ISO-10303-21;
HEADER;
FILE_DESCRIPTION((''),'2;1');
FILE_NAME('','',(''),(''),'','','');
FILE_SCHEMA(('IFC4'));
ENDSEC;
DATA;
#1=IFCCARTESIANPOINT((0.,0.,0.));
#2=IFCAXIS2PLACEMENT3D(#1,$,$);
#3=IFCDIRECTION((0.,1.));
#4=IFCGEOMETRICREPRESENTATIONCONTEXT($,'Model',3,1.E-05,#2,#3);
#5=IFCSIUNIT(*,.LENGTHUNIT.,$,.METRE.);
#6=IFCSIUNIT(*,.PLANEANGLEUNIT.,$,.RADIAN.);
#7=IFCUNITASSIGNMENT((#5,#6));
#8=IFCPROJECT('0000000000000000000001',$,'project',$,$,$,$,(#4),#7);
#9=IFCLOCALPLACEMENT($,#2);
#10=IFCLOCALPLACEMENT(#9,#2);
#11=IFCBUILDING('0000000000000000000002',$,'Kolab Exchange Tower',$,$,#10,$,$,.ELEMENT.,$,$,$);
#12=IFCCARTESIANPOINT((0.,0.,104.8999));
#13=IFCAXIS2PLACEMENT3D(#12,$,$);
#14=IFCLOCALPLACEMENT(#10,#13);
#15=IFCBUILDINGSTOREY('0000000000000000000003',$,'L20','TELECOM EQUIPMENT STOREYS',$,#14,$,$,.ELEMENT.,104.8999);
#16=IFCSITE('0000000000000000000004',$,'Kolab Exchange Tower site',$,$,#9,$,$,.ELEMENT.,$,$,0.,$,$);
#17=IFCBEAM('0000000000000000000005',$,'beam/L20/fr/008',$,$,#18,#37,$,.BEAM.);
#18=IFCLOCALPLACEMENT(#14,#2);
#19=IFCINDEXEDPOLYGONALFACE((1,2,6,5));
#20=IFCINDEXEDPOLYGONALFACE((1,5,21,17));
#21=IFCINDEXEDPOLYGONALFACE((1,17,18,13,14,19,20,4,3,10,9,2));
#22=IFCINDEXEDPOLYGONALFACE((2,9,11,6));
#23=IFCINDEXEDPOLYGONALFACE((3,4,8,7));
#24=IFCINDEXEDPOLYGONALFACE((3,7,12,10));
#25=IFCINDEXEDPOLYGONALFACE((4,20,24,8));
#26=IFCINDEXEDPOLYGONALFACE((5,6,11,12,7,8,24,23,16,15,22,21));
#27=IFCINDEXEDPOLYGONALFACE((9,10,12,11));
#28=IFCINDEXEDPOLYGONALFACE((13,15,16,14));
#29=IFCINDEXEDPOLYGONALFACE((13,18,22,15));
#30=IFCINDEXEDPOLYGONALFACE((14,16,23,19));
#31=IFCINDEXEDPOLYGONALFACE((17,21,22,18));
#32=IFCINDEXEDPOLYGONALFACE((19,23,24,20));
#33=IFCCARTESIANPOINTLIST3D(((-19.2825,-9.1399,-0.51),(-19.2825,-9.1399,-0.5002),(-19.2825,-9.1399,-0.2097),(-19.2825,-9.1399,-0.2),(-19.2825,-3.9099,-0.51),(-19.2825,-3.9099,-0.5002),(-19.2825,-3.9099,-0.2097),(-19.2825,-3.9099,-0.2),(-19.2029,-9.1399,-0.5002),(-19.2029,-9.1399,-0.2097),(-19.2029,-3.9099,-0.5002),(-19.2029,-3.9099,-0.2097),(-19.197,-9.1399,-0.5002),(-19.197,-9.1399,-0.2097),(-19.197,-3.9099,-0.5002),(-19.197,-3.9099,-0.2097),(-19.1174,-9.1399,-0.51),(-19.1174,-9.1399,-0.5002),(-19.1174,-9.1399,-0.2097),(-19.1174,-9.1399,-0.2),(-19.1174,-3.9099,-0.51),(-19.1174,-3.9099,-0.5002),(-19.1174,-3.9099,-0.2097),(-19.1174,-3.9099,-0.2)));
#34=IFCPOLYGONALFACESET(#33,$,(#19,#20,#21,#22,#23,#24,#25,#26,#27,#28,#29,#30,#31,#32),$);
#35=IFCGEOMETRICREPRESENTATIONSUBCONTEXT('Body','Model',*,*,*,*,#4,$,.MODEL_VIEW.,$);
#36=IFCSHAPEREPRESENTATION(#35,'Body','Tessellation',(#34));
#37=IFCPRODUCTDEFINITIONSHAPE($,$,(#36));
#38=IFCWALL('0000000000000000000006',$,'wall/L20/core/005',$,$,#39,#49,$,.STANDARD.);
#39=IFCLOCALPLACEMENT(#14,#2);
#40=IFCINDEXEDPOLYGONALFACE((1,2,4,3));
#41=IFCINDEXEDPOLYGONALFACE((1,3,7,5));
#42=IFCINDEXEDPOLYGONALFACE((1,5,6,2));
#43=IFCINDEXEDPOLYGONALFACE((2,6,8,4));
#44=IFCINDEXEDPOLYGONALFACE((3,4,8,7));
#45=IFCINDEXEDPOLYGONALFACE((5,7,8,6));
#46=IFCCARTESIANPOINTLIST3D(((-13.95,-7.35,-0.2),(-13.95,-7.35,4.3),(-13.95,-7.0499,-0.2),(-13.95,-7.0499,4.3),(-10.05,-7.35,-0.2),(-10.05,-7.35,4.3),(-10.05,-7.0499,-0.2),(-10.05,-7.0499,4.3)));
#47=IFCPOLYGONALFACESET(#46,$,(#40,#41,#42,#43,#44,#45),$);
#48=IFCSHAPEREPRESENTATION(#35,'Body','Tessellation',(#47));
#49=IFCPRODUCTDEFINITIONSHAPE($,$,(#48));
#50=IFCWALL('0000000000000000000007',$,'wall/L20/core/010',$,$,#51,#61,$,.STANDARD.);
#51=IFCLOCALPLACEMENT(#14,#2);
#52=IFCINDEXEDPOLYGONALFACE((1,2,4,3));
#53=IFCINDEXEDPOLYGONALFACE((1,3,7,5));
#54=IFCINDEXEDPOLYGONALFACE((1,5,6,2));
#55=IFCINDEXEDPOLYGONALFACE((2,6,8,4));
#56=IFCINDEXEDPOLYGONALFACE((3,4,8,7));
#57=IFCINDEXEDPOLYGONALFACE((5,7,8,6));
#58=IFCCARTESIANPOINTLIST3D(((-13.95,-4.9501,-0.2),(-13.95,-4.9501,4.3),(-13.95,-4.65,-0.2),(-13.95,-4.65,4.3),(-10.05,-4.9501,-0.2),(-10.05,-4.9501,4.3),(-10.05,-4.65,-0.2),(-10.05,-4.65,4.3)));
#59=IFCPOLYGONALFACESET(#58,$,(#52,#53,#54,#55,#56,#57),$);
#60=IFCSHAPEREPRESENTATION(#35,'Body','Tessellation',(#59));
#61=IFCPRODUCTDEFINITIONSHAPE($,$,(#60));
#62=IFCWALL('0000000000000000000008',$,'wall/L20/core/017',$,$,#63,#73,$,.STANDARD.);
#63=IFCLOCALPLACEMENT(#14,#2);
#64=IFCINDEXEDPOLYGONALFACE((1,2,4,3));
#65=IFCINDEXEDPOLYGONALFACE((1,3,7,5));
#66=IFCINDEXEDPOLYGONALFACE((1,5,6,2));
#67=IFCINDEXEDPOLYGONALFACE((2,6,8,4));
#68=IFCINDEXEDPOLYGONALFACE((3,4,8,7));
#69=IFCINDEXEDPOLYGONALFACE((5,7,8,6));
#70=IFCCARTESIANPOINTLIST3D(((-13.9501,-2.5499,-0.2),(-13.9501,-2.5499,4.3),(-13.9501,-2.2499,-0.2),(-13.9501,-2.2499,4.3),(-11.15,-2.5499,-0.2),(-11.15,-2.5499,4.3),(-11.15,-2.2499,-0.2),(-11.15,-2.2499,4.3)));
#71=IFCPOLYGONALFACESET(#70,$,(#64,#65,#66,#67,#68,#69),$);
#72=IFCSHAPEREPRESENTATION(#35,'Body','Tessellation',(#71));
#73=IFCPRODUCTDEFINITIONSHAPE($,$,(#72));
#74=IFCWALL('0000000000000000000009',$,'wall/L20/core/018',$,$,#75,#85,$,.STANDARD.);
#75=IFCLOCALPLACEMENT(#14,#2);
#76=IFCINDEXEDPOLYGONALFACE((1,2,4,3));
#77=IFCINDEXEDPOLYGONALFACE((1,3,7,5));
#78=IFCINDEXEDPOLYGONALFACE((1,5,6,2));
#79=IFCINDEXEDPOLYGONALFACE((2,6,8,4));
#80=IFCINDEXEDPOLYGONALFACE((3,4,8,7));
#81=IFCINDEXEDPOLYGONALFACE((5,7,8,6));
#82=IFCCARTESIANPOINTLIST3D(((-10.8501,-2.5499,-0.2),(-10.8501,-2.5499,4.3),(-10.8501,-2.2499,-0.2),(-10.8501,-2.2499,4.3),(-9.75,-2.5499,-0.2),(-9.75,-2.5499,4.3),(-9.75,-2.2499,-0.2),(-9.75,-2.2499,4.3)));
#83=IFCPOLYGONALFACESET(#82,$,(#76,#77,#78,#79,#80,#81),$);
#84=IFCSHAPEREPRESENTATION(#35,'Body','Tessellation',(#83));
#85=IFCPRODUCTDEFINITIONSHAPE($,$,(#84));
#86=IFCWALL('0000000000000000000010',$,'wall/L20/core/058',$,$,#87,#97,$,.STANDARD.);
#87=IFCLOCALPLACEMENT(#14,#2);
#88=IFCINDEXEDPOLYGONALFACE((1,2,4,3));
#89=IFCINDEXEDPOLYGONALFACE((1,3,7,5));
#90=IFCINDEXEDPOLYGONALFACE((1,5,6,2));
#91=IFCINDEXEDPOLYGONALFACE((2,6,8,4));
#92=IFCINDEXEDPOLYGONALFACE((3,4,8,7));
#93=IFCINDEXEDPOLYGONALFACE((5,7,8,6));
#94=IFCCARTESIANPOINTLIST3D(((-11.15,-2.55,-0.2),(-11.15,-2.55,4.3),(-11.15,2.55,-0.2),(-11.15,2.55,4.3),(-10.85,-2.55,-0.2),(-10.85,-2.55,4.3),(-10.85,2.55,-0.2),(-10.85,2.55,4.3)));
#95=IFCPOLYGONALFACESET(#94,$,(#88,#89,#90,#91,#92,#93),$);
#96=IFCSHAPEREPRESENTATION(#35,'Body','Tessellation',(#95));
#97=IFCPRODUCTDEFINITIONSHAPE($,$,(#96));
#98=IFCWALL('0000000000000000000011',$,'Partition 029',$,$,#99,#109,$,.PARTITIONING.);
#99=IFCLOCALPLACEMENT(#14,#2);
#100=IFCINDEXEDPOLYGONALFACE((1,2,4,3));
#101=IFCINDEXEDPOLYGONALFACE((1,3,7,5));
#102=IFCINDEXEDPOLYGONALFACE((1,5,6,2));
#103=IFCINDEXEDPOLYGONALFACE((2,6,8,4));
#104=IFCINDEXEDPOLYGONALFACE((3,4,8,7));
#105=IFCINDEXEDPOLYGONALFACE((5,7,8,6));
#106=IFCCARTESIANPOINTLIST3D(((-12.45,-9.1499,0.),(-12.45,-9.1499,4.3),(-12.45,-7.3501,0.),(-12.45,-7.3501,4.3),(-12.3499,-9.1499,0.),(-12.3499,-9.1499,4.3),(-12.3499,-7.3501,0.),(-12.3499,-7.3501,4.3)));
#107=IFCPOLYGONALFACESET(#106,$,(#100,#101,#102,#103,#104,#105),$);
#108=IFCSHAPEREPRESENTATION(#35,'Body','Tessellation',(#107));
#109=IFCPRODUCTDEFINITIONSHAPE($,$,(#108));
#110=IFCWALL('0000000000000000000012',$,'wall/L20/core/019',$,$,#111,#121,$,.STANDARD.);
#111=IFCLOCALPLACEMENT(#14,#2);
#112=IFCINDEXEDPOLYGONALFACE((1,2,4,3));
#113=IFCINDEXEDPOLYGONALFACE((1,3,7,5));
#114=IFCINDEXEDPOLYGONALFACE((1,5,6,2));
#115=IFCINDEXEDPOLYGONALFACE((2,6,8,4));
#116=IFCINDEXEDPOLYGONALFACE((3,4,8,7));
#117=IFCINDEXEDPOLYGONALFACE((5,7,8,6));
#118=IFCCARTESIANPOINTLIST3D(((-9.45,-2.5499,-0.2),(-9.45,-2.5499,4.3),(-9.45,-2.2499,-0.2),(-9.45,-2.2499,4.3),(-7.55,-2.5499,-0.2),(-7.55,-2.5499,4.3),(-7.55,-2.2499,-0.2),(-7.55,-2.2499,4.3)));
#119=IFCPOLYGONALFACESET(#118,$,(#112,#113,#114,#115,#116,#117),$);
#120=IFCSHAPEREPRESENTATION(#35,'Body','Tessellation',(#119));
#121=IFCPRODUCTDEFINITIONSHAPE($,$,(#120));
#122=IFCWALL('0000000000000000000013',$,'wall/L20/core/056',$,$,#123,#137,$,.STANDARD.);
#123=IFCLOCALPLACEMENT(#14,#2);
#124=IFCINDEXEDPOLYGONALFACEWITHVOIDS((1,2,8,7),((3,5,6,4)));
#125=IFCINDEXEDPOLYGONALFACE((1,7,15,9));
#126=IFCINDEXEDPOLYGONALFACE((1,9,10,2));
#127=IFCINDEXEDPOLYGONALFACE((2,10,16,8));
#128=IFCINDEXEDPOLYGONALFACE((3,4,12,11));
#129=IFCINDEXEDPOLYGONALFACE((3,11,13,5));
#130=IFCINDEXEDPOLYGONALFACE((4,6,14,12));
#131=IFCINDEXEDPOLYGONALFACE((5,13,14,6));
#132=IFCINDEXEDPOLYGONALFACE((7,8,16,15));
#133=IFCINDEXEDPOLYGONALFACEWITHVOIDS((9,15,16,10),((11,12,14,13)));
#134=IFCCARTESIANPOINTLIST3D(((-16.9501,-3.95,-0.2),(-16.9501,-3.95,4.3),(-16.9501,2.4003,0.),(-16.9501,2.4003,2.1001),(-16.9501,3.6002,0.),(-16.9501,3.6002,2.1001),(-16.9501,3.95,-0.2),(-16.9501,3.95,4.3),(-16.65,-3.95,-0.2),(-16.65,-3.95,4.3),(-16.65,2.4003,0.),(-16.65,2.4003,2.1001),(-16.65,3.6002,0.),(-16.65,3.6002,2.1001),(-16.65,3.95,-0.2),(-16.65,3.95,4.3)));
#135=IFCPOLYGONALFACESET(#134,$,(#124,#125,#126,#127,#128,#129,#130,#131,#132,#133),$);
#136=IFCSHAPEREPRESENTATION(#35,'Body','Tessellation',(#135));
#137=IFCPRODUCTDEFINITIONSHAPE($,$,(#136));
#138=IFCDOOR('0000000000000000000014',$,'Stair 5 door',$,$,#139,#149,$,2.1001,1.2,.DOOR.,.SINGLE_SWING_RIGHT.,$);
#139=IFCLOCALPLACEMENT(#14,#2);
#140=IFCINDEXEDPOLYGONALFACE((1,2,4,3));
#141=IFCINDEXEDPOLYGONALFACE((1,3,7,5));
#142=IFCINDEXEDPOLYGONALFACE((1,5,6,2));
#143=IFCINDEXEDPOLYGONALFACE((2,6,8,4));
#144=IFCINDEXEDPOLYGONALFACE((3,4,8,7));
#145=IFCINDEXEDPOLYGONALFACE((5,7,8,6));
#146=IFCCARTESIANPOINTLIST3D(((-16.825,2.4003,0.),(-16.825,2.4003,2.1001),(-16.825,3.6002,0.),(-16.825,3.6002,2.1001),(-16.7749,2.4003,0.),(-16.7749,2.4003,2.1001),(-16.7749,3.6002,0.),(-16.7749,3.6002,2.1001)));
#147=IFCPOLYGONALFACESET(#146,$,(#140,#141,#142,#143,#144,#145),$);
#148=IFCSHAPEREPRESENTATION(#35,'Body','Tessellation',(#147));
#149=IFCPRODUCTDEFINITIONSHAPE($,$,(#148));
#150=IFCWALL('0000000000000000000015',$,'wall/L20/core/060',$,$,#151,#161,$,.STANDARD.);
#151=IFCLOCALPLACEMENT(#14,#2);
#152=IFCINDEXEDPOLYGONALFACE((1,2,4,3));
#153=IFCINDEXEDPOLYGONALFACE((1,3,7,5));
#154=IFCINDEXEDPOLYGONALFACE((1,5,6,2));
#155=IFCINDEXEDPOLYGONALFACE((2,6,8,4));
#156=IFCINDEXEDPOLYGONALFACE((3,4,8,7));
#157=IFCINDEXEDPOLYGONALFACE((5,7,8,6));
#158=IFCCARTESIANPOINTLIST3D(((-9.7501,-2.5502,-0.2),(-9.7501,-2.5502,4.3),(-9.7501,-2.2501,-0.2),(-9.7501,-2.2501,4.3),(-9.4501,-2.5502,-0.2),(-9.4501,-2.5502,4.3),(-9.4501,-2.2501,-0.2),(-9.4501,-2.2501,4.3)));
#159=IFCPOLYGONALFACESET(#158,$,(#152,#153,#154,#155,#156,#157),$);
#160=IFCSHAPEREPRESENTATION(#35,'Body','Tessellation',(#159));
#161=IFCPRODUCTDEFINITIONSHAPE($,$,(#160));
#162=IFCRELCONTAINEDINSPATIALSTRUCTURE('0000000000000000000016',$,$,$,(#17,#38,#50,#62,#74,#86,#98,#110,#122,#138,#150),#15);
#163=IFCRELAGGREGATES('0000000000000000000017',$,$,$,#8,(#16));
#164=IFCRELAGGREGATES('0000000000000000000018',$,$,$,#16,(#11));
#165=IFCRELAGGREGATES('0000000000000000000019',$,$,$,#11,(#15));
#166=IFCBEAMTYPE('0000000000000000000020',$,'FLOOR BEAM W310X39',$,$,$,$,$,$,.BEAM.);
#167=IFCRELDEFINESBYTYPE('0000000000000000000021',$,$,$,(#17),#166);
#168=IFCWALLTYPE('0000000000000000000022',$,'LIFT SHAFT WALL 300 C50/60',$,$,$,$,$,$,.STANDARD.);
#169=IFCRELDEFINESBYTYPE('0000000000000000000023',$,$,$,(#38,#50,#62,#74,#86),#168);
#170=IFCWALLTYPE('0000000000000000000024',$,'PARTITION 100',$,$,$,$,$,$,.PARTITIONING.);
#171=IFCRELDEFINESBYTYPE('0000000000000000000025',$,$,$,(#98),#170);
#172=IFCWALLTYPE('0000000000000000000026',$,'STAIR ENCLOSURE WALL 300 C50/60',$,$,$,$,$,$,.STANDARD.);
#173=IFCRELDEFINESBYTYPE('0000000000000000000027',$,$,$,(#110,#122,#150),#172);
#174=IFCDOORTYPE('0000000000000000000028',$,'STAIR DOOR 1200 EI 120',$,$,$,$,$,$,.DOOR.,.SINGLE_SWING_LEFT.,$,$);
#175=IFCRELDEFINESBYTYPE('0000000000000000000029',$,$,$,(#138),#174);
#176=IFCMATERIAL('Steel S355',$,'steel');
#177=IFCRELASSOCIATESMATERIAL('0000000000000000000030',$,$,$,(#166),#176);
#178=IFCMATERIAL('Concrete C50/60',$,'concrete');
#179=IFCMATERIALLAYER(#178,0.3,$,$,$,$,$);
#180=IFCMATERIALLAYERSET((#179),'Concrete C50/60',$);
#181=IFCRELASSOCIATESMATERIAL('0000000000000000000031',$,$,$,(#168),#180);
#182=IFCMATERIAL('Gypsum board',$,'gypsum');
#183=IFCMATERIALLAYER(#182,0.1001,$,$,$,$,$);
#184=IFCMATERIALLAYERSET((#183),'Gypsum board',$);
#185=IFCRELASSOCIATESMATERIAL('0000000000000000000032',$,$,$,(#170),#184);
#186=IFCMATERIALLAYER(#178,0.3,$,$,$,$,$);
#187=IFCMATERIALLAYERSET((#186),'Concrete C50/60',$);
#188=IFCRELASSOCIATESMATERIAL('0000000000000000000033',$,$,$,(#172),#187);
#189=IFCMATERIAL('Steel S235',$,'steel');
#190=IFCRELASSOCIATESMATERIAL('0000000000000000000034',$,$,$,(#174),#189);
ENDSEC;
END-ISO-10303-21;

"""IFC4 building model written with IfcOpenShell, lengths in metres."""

from ifc_helpers import new_model, si_unit, direction, frame, frame_2d, origin, origin_2d, place, context, subcontext, project, spatial, rectangle, i_section, extrude, material, layer, layer_set, material_profile, profile_set, type_object, element, fill, save


model = new_model("IFC4")

# Units and contexts
model_context = context("Model", 3, precision=1e-05, world=origin(), true_north=direction((0.0, 1.0)))
body_context = subcontext(model_context, "Body", "Model", "MODEL_VIEW")
ifc_project = project(units=[si_unit("LENGTHUNIT", "METRE"), si_unit("PLANEANGLEUNIT", "RADIAN")], contexts=[model_context])

# Site, building, storey
site_placement = place(None, origin())
site = spatial("IfcSite", under=ifc_project, at=site_placement, Name="Kolab Exchange Tower site", CompositionType="ELEMENT", RefElevation=0.0)
building_placement = place(site_placement, origin())
building = spatial("IfcBuilding", under=site, at=building_placement, Name="Kolab Exchange Tower", CompositionType="ELEMENT")
storey_placement = place(building_placement, frame((0.0, 0.0, 104.8999)))
storey = spatial("IfcBuildingStorey", under=building, at=storey_placement, Name="L20", Description="TELECOM EQUIPMENT STOREYS", CompositionType="ELEMENT", Elevation=104.8999)

# Beam
ifc_material_1 = material(Name="Steel S355", Category="steel")
ifc_material_profile = material_profile(ifc_material_1, i_section(OverallWidth=0.165, OverallDepth=0.3101, WebThickness=0.0059, FlangeThickness=0.0098, at=origin_2d()), Name="W310X39")
ifc_profile_set = profile_set([ifc_material_profile], Name="Steel S355")
beam_type = type_object("IfcBeamType", Name="FLOOR BEAM W310X39", PredefinedType="BEAM", material=ifc_profile_set)
beam_placement = place(storey_placement, frame((-19.2, -9.1399, -0.355), z_axis=(0.0, 1.0, 0.0), x_axis=(-1.0, 0.0, 0.0)))
element("IfcBeam", 1, at=beam_placement, inside=storey, type_object=beam_type, Name="beam/L20/fr/008", PredefinedType="BEAM", context=body_context, shape_type="SweptSolid", body=[
    extrude(i_section(OverallWidth=0.165, OverallDepth=0.3101, WebThickness=0.0059, FlangeThickness=0.0098, at=origin_2d()), origin(), (0.0, 0.0, 1.0), 5.23),
])

# Walls
ifc_material_2 = material(Name="Concrete C50/60", Category="concrete")
ifc_layer_1 = layer(ifc_material_2, 0.3)
ifc_layer_set_1 = layer_set([ifc_layer_1], Name="Concrete C50/60")
wall_type_1 = type_object("IfcWallType", Name="LIFT SHAFT WALL 300 C50/60", PredefinedType="STANDARD", material=ifc_layer_set_1)
for number, where, z_axis, x_axis, name in (
    (2, (-13.95, -7.2, -0.2), (0.0, 0.0, 1.0), (1.0, 0.0, 0.0), "wall/L20/core/005"),
    (3, (-13.95, -4.8, -0.2), (0.0, 0.0, 1.0), (1.0, 0.0, 0.0), "wall/L20/core/010"),
):
    element("IfcWall", number, at=place(storey_placement, frame(where, z_axis=z_axis, x_axis=x_axis)), inside=storey, type_object=wall_type_1, Name=name, PredefinedType="STANDARD", context=body_context, shape_type="SweptSolid", body=[
        extrude(rectangle(XDim=3.8999, YDim=0.3, at=frame_2d((1.95, 0.0))), origin(), (0.0, 0.0, 1.0), 4.5),
    ])
wall_1_placement = place(storey_placement, frame((-13.95, -2.3999, -0.2), z_axis=(0.0, 0.0, 1.0), x_axis=(1.0, 0.0, 0.0)))
element("IfcWall", 4, at=wall_1_placement, inside=storey, type_object=wall_type_1, Name="wall/L20/core/017", PredefinedType="STANDARD", context=body_context, shape_type="SweptSolid", body=[
    extrude(rectangle(XDim=2.8, YDim=0.3, at=frame_2d((1.3999, 0.0))), origin(), (0.0, 0.0, 1.0), 4.5),
])
wall_2_placement = place(storey_placement, frame((-10.8501, -2.3999, -0.2), z_axis=(0.0, 0.0, 1.0), x_axis=(1.0, 0.0, 0.0)))
element("IfcWall", 5, at=wall_2_placement, inside=storey, type_object=wall_type_1, Name="wall/L20/core/018", PredefinedType="STANDARD", context=body_context, shape_type="SweptSolid", body=[
    extrude(rectangle(XDim=1.1001, YDim=0.3, at=frame_2d((0.55, 0.0))), origin(), (0.0, 0.0, 1.0), 4.5),
])
wall_3_placement = place(storey_placement, frame((-11.0, -2.55, -0.2), z_axis=(0.0, 0.0, 1.0), x_axis=(0.0, 1.0, 0.0)))
element("IfcWall", 6, at=wall_3_placement, inside=storey, type_object=wall_type_1, Name="wall/L20/core/058", PredefinedType="STANDARD", context=body_context, shape_type="SweptSolid", body=[
    extrude(rectangle(XDim=5.1001, YDim=0.3, at=frame_2d((2.55, 0.0))), origin(), (0.0, 0.0, 1.0), 4.5),
])
ifc_material_3 = material(Name="Gypsum board", Category="gypsum")
ifc_layer_2 = layer(ifc_material_3, 0.1001)
ifc_layer_set_2 = layer_set([ifc_layer_2], Name="Gypsum board")
wall_type_2 = type_object("IfcWallType", Name="PARTITION 100", PredefinedType="PARTITIONING", material=ifc_layer_set_2)
wall_4_placement = place(storey_placement, frame((-12.3999, -9.1499, 0.0), z_axis=(0.0, 0.0, 1.0), x_axis=(0.0, 1.0, 0.0)))
element("IfcWall", 7, at=wall_4_placement, inside=storey, type_object=wall_type_2, Name="Partition 029", PredefinedType="PARTITIONING", context=body_context, shape_type="SweptSolid", body=[
    extrude(rectangle(XDim=1.7998, YDim=0.1001, at=frame_2d((0.8999, 0.0))), origin(), (0.0, 0.0, 1.0), 4.3),
])
ifc_layer_3 = layer(ifc_material_2, 0.3)
ifc_layer_set_3 = layer_set([ifc_layer_3], Name="Concrete C50/60")
wall_type_3 = type_object("IfcWallType", Name="STAIR ENCLOSURE WALL 300 C50/60", PredefinedType="STANDARD", material=ifc_layer_set_3)
wall_5_placement = place(storey_placement, frame((-9.45, -2.3999, -0.2), z_axis=(0.0, 0.0, 1.0), x_axis=(1.0, 0.0, 0.0)))
element("IfcWall", 8, at=wall_5_placement, inside=storey, type_object=wall_type_3, Name="wall/L20/core/019", PredefinedType="STANDARD", context=body_context, shape_type="SweptSolid", body=[
    extrude(rectangle(XDim=1.8999, YDim=0.3, at=frame_2d((0.95, 0.0))), origin(), (0.0, 0.0, 1.0), 4.5),
])

# Wall, opening, door
wall_6_placement = place(storey_placement, frame((-16.8, -3.95, -0.2), z_axis=(0.0, 0.0, 1.0), x_axis=(0.0, 1.0, 0.0)))
wall_6 = element("IfcWall", 9, at=wall_6_placement, inside=storey, type_object=wall_type_3, Name="wall/L20/core/056", PredefinedType="STANDARD", context=body_context, shape_type="SweptSolid", body=[
    extrude(rectangle(XDim=7.8999, YDim=0.3, at=frame_2d((3.95, 0.0))), origin(), (0.0, 0.0, 1.0), 4.5),
])
opening_placement = place(wall_6_placement, frame((6.3501, 0.0, 0.2)))
opening = element("IfcOpeningElement", 10, at=opening_placement, cuts=wall_6, PredefinedType="OPENING", context=body_context, shape_type="SweptSolid", body=[
    extrude(rectangle(XDim=1.2, YDim=2.1001, at=frame_2d((0.6001, 1.05))), frame((0.0, 0.1602, 0.0), z_axis=(0.0, -1.0, 0.0), x_axis=(1.0, 0.0, 0.0)), (0.0, 0.0, 1.0), 0.3201),
])
ifc_material_4 = material(Name="Steel S235", Category="steel")
door_type = type_object("IfcDoorType", Name="STAIR DOOR 1200 EI 120", OperationType="SINGLE_SWING_LEFT", PredefinedType="DOOR", material=ifc_material_4)
door_placement = place(opening_placement, origin())
door = element("IfcDoor", 11, at=door_placement, inside=storey, type_object=door_type, Name="Stair 5 door", OperationType="SINGLE_SWING_RIGHT", OverallHeight=2.1001, OverallWidth=1.2, PredefinedType="DOOR", context=body_context, shape_type="SweptSolid", body=[
    extrude(rectangle(XDim=1.2, YDim=2.1001, at=frame_2d((0.6001, 1.05))), frame((0.0, 0.0249, 0.0), z_axis=(0.0, -1.0, 0.0), x_axis=(1.0, 0.0, 0.0)), (0.0, 0.0, 1.0), 0.05),
])
fill(opening, door)

# Wall
wall_7_placement = place(storey_placement, frame((-9.6001, -2.55, -0.2), z_axis=(0.0, 0.0, 1.0), x_axis=(0.0, 1.0, 0.0)))
element("IfcWall", 12, at=wall_7_placement, inside=storey, type_object=wall_type_3, Name="wall/L20/core/060", PredefinedType="STANDARD", context=body_context, shape_type="SweptSolid", body=[
    extrude(rectangle(XDim=0.3, YDim=0.3, at=frame_2d((0.1499, 0.0))), origin(), (0.0, 0.0, 1.0), 4.5),
])

save(model, "model.ifc")
